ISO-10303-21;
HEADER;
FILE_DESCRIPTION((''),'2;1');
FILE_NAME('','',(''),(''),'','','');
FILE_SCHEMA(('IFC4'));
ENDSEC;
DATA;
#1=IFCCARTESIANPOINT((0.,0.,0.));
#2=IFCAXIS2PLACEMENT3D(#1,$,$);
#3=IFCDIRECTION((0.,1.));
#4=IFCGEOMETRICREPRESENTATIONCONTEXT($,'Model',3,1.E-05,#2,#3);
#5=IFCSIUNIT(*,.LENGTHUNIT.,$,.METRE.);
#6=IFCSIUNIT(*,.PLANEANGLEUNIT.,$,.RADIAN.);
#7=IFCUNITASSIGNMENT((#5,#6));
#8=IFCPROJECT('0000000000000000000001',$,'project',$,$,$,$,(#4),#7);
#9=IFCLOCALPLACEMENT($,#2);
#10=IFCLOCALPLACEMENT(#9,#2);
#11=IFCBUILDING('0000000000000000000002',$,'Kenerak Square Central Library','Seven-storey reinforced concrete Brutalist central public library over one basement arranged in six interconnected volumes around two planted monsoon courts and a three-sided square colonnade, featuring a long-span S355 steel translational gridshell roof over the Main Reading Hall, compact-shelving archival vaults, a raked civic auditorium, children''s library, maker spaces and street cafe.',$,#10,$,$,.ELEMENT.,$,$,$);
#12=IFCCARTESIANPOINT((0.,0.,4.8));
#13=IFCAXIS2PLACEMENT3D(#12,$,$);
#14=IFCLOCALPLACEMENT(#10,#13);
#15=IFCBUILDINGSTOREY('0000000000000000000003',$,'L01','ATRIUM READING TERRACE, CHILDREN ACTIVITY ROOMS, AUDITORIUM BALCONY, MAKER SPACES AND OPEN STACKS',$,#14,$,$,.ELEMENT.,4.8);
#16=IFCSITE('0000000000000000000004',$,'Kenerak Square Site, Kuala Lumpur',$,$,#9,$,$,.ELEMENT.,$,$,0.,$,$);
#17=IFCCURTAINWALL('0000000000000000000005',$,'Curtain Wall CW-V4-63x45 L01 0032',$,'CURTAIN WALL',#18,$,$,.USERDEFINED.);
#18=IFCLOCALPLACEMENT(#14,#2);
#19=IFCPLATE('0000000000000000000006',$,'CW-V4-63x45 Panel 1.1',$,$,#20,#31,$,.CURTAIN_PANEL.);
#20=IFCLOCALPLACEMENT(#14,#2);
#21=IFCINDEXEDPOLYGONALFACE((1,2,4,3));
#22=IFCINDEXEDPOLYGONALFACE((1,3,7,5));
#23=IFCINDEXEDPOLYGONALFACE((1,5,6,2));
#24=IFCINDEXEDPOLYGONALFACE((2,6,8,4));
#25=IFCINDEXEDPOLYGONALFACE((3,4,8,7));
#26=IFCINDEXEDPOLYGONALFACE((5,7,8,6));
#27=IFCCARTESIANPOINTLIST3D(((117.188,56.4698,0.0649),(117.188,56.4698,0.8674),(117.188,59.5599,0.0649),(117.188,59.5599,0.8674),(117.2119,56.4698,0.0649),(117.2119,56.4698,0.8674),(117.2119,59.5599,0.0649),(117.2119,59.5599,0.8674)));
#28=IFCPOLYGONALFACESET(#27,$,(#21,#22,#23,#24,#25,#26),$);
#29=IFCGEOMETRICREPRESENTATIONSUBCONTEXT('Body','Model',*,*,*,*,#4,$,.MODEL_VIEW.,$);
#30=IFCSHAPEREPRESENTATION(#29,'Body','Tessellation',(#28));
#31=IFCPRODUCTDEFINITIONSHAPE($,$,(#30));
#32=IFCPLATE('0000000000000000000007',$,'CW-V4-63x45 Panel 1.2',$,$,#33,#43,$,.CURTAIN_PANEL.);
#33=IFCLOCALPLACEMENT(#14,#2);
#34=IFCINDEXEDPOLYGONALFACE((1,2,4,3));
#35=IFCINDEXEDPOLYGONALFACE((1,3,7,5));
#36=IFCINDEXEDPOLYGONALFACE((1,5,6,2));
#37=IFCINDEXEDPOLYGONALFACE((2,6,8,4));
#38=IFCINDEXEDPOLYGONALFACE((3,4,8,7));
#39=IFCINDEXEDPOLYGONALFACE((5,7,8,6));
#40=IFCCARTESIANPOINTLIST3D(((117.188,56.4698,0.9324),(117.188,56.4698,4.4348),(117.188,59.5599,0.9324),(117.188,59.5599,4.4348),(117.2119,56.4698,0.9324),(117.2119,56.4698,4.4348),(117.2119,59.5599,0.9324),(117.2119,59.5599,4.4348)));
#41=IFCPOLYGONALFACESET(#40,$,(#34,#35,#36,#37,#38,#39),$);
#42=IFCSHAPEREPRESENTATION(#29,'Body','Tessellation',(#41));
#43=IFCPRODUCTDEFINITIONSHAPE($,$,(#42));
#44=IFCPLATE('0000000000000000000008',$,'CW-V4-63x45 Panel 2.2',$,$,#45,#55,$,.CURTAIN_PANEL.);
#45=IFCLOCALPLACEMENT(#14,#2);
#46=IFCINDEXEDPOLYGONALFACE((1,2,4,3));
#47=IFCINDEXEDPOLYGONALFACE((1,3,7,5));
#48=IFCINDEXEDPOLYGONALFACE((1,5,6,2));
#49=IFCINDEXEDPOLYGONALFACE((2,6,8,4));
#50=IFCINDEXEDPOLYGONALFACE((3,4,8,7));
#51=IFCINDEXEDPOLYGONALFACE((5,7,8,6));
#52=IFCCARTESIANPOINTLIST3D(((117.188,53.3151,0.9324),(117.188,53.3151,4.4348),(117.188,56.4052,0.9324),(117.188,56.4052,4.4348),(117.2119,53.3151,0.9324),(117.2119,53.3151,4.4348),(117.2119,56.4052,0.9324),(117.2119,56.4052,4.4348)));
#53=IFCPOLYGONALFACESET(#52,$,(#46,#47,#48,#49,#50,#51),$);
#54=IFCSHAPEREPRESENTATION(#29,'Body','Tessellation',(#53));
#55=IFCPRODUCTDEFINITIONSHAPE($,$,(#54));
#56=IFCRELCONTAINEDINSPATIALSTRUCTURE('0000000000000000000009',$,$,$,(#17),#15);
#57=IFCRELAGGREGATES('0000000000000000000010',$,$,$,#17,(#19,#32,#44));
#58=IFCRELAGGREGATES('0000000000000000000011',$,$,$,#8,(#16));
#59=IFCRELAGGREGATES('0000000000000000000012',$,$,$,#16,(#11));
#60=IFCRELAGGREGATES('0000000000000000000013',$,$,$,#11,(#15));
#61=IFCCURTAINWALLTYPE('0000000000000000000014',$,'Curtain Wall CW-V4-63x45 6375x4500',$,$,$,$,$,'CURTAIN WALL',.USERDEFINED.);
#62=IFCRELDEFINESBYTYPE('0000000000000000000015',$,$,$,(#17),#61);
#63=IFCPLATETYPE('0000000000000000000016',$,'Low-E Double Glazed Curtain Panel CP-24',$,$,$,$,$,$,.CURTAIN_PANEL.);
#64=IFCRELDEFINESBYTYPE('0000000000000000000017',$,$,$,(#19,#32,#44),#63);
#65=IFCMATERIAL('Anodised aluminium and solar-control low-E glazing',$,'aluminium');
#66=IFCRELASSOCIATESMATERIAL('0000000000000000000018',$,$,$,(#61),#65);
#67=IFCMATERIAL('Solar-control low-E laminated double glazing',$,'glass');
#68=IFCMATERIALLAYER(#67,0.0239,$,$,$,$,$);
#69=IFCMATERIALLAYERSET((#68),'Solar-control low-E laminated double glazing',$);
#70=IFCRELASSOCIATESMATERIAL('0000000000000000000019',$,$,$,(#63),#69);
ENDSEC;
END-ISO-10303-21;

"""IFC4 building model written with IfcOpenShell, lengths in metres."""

from ifc_helpers import new_model, si_unit, direction, frame, origin, origin_2d, place, context, subcontext, project, spatial, rectangle, extrude, material, layer, layer_set, type_object, element, aggregate, save


model = new_model("IFC4")

# Units and contexts
model_context = context("Model", 3, precision=1e-05, world=origin(), true_north=direction((0.0, 1.0)))
body_context = subcontext(model_context, "Body", "Model", "MODEL_VIEW")
ifc_project = project(units=[si_unit("LENGTHUNIT", "METRE"), si_unit("PLANEANGLEUNIT", "RADIAN")], contexts=[model_context])

# Site, building, storey
site_placement = place(None, origin())
site = spatial("IfcSite", under=ifc_project, at=site_placement, Name="Kenerak Square Site, Kuala Lumpur", CompositionType="ELEMENT", RefElevation=0.0)
building_placement = place(site_placement, origin())
building = spatial("IfcBuilding", under=site, at=building_placement, Name="Kenerak Square Central Library", Description="Seven-storey reinforced concrete Brutalist central public library over one basement arranged in six interconnected volumes around two planted monsoon courts and a three-sided square colonnade, featuring a long-span S355 steel translational gridshell roof over the Main Reading Hall, compact-shelving archival vaults, a raked civic auditorium, children's library, maker spaces and street cafe.", CompositionType="ELEMENT")
storey_placement = place(building_placement, frame((0.0, 0.0, 4.8)))
storey = spatial("IfcBuildingStorey", under=building, at=storey_placement, Name="L01", Description="ATRIUM READING TERRACE, CHILDREN ACTIVITY ROOMS, AUDITORIUM BALCONY, MAKER SPACES AND OPEN STACKS", CompositionType="ELEMENT", Elevation=4.8)

# Shared definitions
ifc_material_1 = material(Name="Anodised aluminium and solar-control low-E glazing", Category="aluminium")

# Curtain wall
curtain_wall_type_1 = type_object("IfcCurtainWallType", Name="Curtain Wall CW-V4-63x45 6375x4500", ElementType="CURTAIN WALL", PredefinedType="USERDEFINED", material=ifc_material_1)
curtain_wall_1_placement = place(storey_placement, origin())
curtain_wall_1 = element("IfcCurtainWall", 1, at=curtain_wall_1_placement, inside=storey, type_object=curtain_wall_type_1, Name="Curtain Wall CW-V4-63x45 L01 0032", ObjectType="CURTAIN WALL", PredefinedType="USERDEFINED")

# Plates
ifc_material_2 = material(Name="Solar-control low-E laminated double glazing", Category="glass")
ifc_layer_1 = layer(ifc_material_2, 0.0239)
ifc_layer_set_1 = layer_set([ifc_layer_1], Name="Solar-control low-E laminated double glazing")
plate_type_1 = type_object("IfcPlateType", Name="Low-E Double Glazed Curtain Panel CP-24", PredefinedType="CURTAIN_PANEL", material=ifc_layer_set_1)
plate_1_placement = place(storey_placement, frame((117.2, 58.0149, 0.0649), z_axis=(0.0, 0.0, 1.0), x_axis=(0.0, -1.0, 0.0)))
plate_1 = element("IfcPlate", 2, at=plate_1_placement, type_object=plate_type_1, Name="CW-V4-63x45 Panel 1.1", PredefinedType="CURTAIN_PANEL", context=body_context, shape_type="SweptSolid", body=[
    extrude(rectangle(XDim=3.0901, YDim=0.0239, at=origin_2d()), origin(), (0.0, 0.0, 1.0), 0.8025),
])
plate_2_placement = place(storey_placement, frame((117.2, 58.0149, 0.9324), z_axis=(0.0, 0.0, 1.0), x_axis=(0.0, -1.0, 0.0)))
plate_2 = element("IfcPlate", 3, at=plate_2_placement, type_object=plate_type_1, Name="CW-V4-63x45 Panel 1.2", PredefinedType="CURTAIN_PANEL", context=body_context, shape_type="SweptSolid", body=[
    extrude(rectangle(XDim=3.0901, YDim=0.0239, at=origin_2d()), origin(), (0.0, 0.0, 1.0), 3.5024),
])
plate_3_placement = place(storey_placement, frame((117.2, 54.8601, 0.9324), z_axis=(0.0, 0.0, 1.0), x_axis=(0.0, -1.0, 0.0)))
plate_3 = element("IfcPlate", 4, at=plate_3_placement, type_object=plate_type_1, Name="CW-V4-63x45 Panel 2.2", PredefinedType="CURTAIN_PANEL", context=body_context, shape_type="SweptSolid", body=[
    extrude(rectangle(XDim=3.0901, YDim=0.0239, at=origin_2d()), origin(), (0.0, 0.0, 1.0), 3.5024),
])
aggregate(curtain_wall_1, [plate_1, plate_2, plate_3])

save(model, "model.ifc")
